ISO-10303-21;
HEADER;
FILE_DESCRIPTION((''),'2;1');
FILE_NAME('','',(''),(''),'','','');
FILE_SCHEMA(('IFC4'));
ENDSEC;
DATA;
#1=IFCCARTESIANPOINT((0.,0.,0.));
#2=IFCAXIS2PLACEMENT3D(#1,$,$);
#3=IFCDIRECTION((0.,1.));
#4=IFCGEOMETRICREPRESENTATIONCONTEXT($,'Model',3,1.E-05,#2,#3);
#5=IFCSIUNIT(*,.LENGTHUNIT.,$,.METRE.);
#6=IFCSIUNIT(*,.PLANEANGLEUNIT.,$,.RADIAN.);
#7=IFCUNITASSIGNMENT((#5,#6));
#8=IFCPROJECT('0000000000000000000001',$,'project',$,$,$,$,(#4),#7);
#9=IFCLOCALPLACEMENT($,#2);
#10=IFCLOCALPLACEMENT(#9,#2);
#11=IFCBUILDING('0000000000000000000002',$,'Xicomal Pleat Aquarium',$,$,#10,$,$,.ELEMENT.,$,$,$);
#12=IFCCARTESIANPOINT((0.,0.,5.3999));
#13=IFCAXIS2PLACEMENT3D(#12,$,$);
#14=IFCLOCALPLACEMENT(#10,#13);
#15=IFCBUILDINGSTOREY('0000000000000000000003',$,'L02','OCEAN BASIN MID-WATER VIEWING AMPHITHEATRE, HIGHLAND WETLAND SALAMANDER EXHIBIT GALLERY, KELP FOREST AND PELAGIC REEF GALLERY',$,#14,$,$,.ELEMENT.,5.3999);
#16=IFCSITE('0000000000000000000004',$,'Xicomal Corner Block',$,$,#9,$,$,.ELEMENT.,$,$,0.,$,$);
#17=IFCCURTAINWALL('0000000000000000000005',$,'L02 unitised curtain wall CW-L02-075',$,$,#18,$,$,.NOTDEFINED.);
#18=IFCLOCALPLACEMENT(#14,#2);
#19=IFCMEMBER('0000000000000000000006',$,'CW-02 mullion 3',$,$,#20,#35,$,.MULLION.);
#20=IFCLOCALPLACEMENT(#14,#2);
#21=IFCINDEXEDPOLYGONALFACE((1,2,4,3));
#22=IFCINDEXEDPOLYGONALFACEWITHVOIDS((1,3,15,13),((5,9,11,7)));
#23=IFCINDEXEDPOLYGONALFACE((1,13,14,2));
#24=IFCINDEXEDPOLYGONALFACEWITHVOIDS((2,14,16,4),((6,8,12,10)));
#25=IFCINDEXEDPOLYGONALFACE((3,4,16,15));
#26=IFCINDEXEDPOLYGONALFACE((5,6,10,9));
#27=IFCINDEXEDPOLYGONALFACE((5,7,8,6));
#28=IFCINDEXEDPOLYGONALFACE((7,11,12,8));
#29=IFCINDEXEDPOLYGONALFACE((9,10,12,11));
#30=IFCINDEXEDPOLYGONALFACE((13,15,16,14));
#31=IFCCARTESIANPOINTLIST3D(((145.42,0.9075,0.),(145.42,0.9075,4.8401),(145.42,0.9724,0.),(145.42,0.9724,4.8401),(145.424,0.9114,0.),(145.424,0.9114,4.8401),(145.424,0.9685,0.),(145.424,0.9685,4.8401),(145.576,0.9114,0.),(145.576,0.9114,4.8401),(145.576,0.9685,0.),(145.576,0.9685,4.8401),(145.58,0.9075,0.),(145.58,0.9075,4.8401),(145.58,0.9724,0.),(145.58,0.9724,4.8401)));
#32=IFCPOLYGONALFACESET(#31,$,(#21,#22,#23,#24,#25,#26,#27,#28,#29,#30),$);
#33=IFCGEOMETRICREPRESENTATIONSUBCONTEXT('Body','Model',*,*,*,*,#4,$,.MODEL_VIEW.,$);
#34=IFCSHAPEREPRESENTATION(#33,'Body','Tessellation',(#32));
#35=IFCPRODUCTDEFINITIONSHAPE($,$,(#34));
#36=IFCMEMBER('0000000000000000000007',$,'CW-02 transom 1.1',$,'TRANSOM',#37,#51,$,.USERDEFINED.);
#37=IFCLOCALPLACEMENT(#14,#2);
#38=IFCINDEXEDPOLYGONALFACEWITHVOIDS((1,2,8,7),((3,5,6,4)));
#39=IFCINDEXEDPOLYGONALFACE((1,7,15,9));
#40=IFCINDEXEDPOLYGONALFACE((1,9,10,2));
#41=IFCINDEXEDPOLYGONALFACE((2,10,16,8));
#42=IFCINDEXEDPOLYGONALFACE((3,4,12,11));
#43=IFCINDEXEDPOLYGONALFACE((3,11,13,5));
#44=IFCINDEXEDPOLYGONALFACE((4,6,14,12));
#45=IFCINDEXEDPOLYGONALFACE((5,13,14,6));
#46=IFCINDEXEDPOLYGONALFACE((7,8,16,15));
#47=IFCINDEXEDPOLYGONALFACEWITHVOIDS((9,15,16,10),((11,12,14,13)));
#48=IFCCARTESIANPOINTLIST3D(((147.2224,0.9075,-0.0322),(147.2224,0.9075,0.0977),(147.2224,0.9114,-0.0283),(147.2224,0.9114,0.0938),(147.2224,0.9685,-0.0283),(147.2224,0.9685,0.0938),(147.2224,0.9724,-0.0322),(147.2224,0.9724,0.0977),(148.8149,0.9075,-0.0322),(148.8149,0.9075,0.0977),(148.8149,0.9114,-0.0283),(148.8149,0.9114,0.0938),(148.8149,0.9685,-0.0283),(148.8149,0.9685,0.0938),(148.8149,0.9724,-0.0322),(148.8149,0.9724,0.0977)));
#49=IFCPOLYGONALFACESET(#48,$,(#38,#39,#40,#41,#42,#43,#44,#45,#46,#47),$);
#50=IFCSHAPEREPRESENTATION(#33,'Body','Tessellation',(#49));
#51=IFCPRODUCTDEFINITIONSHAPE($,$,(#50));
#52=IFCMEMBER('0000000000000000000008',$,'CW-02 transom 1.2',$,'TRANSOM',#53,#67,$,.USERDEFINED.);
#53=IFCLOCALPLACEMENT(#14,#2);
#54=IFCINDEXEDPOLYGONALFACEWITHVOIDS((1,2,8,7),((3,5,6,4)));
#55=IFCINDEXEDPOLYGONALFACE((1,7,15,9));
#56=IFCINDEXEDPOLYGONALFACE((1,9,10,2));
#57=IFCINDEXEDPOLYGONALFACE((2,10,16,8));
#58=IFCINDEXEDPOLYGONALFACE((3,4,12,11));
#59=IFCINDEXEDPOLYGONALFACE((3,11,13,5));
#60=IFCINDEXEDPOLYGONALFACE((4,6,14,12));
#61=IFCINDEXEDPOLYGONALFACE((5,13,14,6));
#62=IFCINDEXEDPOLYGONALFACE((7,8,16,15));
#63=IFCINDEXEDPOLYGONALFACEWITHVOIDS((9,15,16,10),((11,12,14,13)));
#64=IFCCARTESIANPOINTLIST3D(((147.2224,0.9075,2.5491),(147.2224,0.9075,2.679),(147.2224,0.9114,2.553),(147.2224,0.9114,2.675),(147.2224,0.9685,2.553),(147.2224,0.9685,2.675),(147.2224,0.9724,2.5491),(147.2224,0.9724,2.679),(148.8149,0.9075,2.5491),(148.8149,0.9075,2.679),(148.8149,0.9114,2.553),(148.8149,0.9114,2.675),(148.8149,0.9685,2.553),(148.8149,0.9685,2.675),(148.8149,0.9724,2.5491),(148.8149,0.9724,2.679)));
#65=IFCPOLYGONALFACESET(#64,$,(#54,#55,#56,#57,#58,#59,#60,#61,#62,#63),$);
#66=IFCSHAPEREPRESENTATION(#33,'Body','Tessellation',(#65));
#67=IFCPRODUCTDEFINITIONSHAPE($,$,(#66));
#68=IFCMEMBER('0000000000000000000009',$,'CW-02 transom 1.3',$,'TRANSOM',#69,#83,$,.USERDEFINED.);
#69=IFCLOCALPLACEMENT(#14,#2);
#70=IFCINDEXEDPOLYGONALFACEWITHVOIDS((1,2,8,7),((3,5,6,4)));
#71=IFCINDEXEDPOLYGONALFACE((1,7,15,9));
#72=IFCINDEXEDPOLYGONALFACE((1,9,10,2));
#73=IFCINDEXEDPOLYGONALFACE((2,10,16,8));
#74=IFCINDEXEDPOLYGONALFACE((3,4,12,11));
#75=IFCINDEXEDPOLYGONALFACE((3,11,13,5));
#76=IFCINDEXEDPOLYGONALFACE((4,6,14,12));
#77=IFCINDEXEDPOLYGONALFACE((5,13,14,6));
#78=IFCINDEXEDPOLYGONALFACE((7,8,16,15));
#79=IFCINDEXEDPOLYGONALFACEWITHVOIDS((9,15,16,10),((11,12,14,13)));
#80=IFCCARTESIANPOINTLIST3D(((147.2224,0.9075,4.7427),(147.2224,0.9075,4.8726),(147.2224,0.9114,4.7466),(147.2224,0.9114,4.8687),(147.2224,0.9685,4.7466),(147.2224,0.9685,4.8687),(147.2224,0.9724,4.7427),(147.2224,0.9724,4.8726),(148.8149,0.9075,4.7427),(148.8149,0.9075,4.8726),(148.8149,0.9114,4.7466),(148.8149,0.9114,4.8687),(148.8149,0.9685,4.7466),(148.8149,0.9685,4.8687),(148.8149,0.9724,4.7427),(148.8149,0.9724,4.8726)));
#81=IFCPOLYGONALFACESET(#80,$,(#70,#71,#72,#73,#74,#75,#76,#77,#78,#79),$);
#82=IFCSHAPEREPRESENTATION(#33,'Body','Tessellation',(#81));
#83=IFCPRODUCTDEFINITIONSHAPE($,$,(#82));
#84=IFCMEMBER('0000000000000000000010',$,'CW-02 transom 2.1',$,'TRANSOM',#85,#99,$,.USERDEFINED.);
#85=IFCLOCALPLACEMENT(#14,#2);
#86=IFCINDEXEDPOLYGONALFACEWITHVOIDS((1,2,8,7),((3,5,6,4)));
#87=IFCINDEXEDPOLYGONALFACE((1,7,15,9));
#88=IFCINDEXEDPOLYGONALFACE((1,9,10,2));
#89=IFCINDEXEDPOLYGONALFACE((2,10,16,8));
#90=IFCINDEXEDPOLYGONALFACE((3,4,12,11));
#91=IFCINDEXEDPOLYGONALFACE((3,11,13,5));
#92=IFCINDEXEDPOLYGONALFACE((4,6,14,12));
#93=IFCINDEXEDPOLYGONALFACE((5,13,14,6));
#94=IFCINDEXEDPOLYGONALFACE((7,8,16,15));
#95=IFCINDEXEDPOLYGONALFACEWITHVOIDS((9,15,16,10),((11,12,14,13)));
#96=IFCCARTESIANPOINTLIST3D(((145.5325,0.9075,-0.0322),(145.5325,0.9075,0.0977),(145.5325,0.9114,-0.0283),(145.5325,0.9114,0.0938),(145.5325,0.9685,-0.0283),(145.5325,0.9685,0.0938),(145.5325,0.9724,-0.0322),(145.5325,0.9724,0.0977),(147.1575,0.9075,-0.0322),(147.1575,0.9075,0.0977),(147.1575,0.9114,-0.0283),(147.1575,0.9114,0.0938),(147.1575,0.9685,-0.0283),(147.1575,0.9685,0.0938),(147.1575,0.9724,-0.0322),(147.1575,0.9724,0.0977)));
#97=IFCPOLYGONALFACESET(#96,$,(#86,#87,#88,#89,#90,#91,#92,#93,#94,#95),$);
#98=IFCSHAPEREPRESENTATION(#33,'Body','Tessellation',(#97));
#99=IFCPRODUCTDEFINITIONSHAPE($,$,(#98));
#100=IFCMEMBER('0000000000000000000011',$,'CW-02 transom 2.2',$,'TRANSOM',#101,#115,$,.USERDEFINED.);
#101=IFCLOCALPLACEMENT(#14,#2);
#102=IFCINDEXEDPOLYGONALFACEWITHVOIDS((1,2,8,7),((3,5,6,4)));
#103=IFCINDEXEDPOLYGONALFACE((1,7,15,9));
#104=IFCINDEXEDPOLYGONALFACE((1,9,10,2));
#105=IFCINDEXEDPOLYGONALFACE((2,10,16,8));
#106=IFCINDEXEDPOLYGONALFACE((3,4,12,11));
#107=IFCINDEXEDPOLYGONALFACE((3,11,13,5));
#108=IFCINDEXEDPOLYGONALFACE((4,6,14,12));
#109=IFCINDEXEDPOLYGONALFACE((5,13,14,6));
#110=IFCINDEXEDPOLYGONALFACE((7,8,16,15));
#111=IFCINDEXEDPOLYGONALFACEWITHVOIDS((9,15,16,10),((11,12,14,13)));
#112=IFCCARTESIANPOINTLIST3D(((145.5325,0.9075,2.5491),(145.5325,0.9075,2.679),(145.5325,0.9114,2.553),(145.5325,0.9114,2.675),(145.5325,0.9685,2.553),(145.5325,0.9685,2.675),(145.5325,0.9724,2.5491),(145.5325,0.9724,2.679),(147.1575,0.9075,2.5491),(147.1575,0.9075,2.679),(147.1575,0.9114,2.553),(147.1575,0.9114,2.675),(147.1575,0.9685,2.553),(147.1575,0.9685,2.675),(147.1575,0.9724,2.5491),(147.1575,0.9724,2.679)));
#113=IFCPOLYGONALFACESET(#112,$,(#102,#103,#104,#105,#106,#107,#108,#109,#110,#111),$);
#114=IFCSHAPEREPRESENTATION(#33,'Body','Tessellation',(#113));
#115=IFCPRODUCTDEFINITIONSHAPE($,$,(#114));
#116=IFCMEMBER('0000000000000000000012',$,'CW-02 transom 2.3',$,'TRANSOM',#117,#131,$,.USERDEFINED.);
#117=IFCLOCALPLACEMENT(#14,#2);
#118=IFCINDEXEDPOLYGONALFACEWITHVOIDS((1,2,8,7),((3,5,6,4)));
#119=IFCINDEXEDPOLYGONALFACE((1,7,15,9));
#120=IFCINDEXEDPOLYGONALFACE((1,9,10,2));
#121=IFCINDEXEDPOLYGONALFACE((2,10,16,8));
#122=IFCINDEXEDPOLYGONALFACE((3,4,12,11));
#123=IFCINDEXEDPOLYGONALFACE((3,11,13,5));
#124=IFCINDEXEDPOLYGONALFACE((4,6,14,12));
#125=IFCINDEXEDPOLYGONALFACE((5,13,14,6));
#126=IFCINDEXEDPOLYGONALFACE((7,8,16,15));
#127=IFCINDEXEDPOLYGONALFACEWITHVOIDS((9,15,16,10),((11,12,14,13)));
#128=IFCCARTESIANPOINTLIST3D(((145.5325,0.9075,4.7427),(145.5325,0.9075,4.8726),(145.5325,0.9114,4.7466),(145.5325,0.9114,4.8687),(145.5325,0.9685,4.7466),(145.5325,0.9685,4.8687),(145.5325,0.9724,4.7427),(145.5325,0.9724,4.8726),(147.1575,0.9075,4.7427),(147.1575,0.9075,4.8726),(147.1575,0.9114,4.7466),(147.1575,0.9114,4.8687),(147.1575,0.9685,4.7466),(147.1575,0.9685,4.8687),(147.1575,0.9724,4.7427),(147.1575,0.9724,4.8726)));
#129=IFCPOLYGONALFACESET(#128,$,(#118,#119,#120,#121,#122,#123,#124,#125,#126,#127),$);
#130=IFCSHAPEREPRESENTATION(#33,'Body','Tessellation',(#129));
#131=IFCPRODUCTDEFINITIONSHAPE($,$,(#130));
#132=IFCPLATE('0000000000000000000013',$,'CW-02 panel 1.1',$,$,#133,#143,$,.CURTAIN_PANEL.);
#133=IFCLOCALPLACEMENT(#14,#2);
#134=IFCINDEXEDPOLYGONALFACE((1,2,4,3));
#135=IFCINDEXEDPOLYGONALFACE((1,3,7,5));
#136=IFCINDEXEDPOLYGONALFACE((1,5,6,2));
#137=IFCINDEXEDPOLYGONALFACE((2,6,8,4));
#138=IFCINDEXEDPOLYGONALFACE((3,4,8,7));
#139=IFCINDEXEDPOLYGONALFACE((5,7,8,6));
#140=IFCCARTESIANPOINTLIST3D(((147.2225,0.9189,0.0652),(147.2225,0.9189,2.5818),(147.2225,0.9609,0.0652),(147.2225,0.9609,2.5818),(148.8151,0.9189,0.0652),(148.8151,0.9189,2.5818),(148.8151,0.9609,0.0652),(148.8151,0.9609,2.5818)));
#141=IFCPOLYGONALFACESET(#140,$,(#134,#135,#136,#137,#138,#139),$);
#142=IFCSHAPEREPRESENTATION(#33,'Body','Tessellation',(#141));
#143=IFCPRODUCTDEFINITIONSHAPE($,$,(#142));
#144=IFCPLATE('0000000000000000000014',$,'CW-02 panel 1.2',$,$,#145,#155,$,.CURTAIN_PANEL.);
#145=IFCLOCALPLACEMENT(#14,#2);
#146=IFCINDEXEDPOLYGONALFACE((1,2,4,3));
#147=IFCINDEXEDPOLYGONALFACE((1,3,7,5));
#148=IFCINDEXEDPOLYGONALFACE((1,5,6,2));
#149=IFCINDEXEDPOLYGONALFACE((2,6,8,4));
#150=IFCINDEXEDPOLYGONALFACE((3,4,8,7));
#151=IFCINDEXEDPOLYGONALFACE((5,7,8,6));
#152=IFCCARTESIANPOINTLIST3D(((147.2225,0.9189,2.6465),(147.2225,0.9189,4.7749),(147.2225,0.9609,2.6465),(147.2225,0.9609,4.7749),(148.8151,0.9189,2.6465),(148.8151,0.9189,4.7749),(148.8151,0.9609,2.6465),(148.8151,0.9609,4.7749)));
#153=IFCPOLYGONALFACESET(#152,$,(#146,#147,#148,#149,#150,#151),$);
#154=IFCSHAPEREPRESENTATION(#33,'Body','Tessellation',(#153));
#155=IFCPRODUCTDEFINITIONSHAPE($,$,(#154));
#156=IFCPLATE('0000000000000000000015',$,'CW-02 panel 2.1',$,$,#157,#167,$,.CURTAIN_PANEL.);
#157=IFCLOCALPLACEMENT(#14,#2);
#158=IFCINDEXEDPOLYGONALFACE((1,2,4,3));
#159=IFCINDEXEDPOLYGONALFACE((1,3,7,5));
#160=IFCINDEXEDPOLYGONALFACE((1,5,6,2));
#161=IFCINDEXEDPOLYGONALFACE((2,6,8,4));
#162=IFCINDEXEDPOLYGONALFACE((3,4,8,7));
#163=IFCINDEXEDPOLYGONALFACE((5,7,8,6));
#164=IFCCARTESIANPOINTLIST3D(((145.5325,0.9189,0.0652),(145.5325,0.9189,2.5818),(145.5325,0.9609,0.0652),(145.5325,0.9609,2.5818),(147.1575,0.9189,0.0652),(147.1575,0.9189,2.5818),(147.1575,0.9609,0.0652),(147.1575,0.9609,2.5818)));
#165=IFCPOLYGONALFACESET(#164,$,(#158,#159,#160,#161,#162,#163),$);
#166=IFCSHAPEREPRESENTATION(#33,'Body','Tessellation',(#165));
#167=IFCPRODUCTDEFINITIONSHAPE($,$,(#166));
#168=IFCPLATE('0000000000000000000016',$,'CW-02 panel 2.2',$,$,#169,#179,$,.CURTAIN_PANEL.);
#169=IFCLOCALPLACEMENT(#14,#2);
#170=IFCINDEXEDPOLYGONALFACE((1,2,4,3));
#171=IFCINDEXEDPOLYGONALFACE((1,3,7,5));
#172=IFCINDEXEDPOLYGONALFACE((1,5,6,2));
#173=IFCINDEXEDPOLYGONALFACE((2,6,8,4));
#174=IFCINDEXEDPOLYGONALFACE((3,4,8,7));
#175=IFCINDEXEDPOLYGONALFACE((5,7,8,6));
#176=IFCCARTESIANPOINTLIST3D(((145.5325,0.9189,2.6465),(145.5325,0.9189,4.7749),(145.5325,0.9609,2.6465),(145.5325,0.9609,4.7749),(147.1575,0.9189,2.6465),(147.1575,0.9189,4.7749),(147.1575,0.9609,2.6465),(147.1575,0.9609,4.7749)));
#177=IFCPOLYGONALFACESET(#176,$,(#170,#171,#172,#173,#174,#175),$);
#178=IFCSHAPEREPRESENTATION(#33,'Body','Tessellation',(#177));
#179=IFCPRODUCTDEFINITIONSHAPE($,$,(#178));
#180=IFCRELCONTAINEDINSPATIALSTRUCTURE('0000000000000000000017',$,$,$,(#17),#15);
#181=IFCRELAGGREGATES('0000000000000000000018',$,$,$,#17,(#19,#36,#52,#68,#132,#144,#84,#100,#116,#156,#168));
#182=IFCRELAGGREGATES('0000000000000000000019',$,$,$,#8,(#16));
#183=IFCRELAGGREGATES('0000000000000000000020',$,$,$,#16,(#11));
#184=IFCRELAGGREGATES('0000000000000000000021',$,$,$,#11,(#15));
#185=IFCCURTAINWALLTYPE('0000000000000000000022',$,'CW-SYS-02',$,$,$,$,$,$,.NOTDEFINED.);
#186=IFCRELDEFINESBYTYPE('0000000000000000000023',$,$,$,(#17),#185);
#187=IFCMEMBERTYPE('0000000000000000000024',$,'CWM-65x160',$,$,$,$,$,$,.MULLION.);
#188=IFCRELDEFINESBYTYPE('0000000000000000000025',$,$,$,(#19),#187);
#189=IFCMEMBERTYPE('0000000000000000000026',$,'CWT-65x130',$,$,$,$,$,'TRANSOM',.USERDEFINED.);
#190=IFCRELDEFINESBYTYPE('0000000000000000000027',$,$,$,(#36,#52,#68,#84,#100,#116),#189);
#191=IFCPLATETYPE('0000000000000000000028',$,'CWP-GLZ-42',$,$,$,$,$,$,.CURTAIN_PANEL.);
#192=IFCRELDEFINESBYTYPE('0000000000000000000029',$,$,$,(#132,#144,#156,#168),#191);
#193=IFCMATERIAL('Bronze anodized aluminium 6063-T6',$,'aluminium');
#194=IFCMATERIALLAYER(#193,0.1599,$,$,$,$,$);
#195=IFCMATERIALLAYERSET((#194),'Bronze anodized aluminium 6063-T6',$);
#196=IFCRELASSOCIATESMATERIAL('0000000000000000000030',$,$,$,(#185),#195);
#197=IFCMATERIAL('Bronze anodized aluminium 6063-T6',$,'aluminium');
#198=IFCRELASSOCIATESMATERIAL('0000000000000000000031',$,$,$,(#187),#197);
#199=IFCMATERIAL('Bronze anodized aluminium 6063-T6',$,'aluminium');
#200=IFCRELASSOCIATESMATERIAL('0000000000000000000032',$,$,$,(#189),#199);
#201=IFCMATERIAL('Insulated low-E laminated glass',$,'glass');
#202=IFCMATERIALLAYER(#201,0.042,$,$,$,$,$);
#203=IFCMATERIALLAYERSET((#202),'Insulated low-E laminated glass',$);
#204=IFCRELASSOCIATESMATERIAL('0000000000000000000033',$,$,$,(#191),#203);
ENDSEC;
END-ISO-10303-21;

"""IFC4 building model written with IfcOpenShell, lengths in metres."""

from ifc_helpers import new_model, si_unit, direction, frame, origin, origin_2d, place, context, subcontext, project, spatial, rectangle, hollow_rectangle, extrude, material, layer, layer_set, material_profile, profile_set, type_object, element, aggregate, save


model = new_model("IFC4")

# Units and contexts
model_context = context("Model", 3, precision=1e-05, world=origin(), true_north=direction((0.0, 1.0)))
body_context = subcontext(model_context, "Body", "Model", "MODEL_VIEW")
ifc_project = project(units=[si_unit("LENGTHUNIT", "METRE"), si_unit("PLANEANGLEUNIT", "RADIAN")], contexts=[model_context])

# Site, building, storey
site_placement = place(None, origin())
site = spatial("IfcSite", under=ifc_project, at=site_placement, Name="Xicomal Corner Block", CompositionType="ELEMENT", RefElevation=0.0)
building_placement = place(site_placement, origin())
building = spatial("IfcBuilding", under=site, at=building_placement, Name="Xicomal Pleat Aquarium", CompositionType="ELEMENT")
storey_placement = place(building_placement, frame((0.0, 0.0, 5.3999)))
storey = spatial("IfcBuildingStorey", under=building, at=storey_placement, Name="L02", Description="OCEAN BASIN MID-WATER VIEWING AMPHITHEATRE, HIGHLAND WETLAND SALAMANDER EXHIBIT GALLERY, KELP FOREST AND PELAGIC REEF GALLERY", CompositionType="ELEMENT", Elevation=5.3999)

# Curtain wall, members, plates
ifc_material_1 = material(Name="Bronze anodized aluminium 6063-T6", Category="aluminium")
ifc_layer_1 = layer(ifc_material_1, 0.1599)
ifc_layer_set_1 = layer_set([ifc_layer_1], Name="Bronze anodized aluminium 6063-T6")
curtain_wall_type = type_object("IfcCurtainWallType", Name="CW-SYS-02", PredefinedType="NOTDEFINED", material=ifc_layer_set_1)
curtain_wall_placement = place(storey_placement, origin())
curtain_wall = element("IfcCurtainWall", 1, at=curtain_wall_placement, inside=storey, type_object=curtain_wall_type, Name="L02 unitised curtain wall CW-L02-075", PredefinedType="NOTDEFINED")
ifc_material_2 = material(Name="Bronze anodized aluminium 6063-T6", Category="aluminium")
ifc_material_profile_1 = material_profile(ifc_material_2, hollow_rectangle(XDim=0.0649, YDim=0.1599, WallThickness=0.0039, at=origin_2d()), Name="ALU MULL 65x160")
ifc_profile_set_1 = profile_set([ifc_material_profile_1], Name="Bronze anodized aluminium 6063-T6")
member_type_1 = type_object("IfcMemberType", Name="CWM-65x160", PredefinedType="MULLION", material=ifc_profile_set_1)
member_1_placement = place(storey_placement, frame((145.5, 0.9399, 0.0), z_axis=(0.0, 0.0, 1.0), x_axis=(0.0, -1.0, 0.0)))
member_1 = element("IfcMember", 2, at=member_1_placement, type_object=member_type_1, Name="CW-02 mullion 3", PredefinedType="MULLION", context=body_context, shape_type="SweptSolid", body=[
    extrude(hollow_rectangle(XDim=0.0649, YDim=0.1599, WallThickness=0.0039, at=origin_2d()), origin(), (0.0, 0.0, 1.0), 4.8401),
])
ifc_material_3 = material(Name="Bronze anodized aluminium 6063-T6", Category="aluminium")
ifc_material_profile_2 = material_profile(ifc_material_3, hollow_rectangle(XDim=0.0649, YDim=0.1299, WallThickness=0.0039, at=origin_2d()), Name="ALU TRAN 65x130")
ifc_profile_set_2 = profile_set([ifc_material_profile_2], Name="Bronze anodized aluminium 6063-T6")
member_type_2 = type_object("IfcMemberType", Name="CWT-65x130", ElementType="TRANSOM", PredefinedType="USERDEFINED", material=ifc_profile_set_2)
member_2_placement = place(storey_placement, frame((148.8149, 0.9399, 0.0327), z_axis=(-1.0, 0.0, 0.0), x_axis=(0.0, -1.0, 0.0)))
member_2 = element("IfcMember", 3, at=member_2_placement, type_object=member_type_2, Name="CW-02 transom 1.1", ObjectType="TRANSOM", PredefinedType="USERDEFINED", context=body_context, shape_type="SweptSolid", body=[
    extrude(hollow_rectangle(XDim=0.0649, YDim=0.1299, WallThickness=0.0039, at=origin_2d()), origin(), (0.0, 0.0, 1.0), 1.5925),
])
member_3_placement = place(storey_placement, frame((148.8149, 0.9399, 2.614), z_axis=(-1.0, 0.0, 0.0), x_axis=(0.0, -1.0, 0.0)))
member_3 = element("IfcMember", 4, at=member_3_placement, type_object=member_type_2, Name="CW-02 transom 1.2", ObjectType="TRANSOM", PredefinedType="USERDEFINED", context=body_context, shape_type="SweptSolid", body=[
    extrude(hollow_rectangle(XDim=0.0649, YDim=0.1299, WallThickness=0.0039, at=origin_2d()), origin(), (0.0, 0.0, 1.0), 1.5925),
])
member_4_placement = place(storey_placement, frame((148.8149, 0.9399, 4.8076), z_axis=(-1.0, 0.0, 0.0), x_axis=(0.0, -1.0, 0.0)))
member_4 = element("IfcMember", 5, at=member_4_placement, type_object=member_type_2, Name="CW-02 transom 1.3", ObjectType="TRANSOM", PredefinedType="USERDEFINED", context=body_context, shape_type="SweptSolid", body=[
    extrude(hollow_rectangle(XDim=0.0649, YDim=0.1299, WallThickness=0.0039, at=origin_2d()), origin(), (0.0, 0.0, 1.0), 1.5925),
])
member_5_placement = place(storey_placement, frame((147.1575, 0.9399, 0.0327), z_axis=(-1.0, 0.0, 0.0), x_axis=(0.0, -1.0, 0.0)))
member_5 = element("IfcMember", 6, at=member_5_placement, type_object=member_type_2, Name="CW-02 transom 2.1", ObjectType="TRANSOM", PredefinedType="USERDEFINED", context=body_context, shape_type="SweptSolid", body=[
    extrude(hollow_rectangle(XDim=0.0649, YDim=0.1299, WallThickness=0.0039, at=origin_2d()), origin(), (0.0, 0.0, 1.0), 1.625),
])
member_6_placement = place(storey_placement, frame((147.1575, 0.9399, 2.614), z_axis=(-1.0, 0.0, 0.0), x_axis=(0.0, -1.0, 0.0)))
member_6 = element("IfcMember", 7, at=member_6_placement, type_object=member_type_2, Name="CW-02 transom 2.2", ObjectType="TRANSOM", PredefinedType="USERDEFINED", context=body_context, shape_type="SweptSolid", body=[
    extrude(hollow_rectangle(XDim=0.0649, YDim=0.1299, WallThickness=0.0039, at=origin_2d()), origin(), (0.0, 0.0, 1.0), 1.625),
])
member_7_placement = place(storey_placement, frame((147.1575, 0.9399, 4.8076), z_axis=(-1.0, 0.0, 0.0), x_axis=(0.0, -1.0, 0.0)))
member_7 = element("IfcMember", 8, at=member_7_placement, type_object=member_type_2, Name="CW-02 transom 2.3", ObjectType="TRANSOM", PredefinedType="USERDEFINED", context=body_context, shape_type="SweptSolid", body=[
    extrude(hollow_rectangle(XDim=0.0649, YDim=0.1299, WallThickness=0.0039, at=origin_2d()), origin(), (0.0, 0.0, 1.0), 1.625),
])
ifc_material_4 = material(Name="Insulated low-E laminated glass", Category="glass")
ifc_layer_2 = layer(ifc_material_4, 0.042)
ifc_layer_set_2 = layer_set([ifc_layer_2], Name="Insulated low-E laminated glass")
plate_type = type_object("IfcPlateType", Name="CWP-GLZ-42", PredefinedType="CURTAIN_PANEL", material=ifc_layer_set_2)
plate_1_placement = place(storey_placement, frame((148.0188, 0.9399, 0.0652), z_axis=(0.0, 0.0, 1.0), x_axis=(-1.0, 0.0, 0.0)))
plate_1 = element("IfcPlate", 9, at=plate_1_placement, type_object=plate_type, Name="CW-02 panel 1.1", PredefinedType="CURTAIN_PANEL", context=body_context, shape_type="SweptSolid", body=[
    extrude(rectangle(XDim=1.5925, YDim=0.042, at=origin_2d()), origin(), (0.0, 0.0, 1.0), 2.5166),
])
plate_2_placement = place(storey_placement, frame((148.0188, 0.9399, 2.6465), z_axis=(0.0, 0.0, 1.0), x_axis=(-1.0, 0.0, 0.0)))
plate_2 = element("IfcPlate", 10, at=plate_2_placement, type_object=plate_type, Name="CW-02 panel 1.2", PredefinedType="CURTAIN_PANEL", context=body_context, shape_type="SweptSolid", body=[
    extrude(rectangle(XDim=1.5925, YDim=0.042, at=origin_2d()), origin(), (0.0, 0.0, 1.0), 2.1284),
])
plate_3_placement = place(storey_placement, frame((146.345, 0.9399, 0.0652), z_axis=(0.0, 0.0, 1.0), x_axis=(-1.0, 0.0, 0.0)))
plate_3 = element("IfcPlate", 11, at=plate_3_placement, type_object=plate_type, Name="CW-02 panel 2.1", PredefinedType="CURTAIN_PANEL", context=body_context, shape_type="SweptSolid", body=[
    extrude(rectangle(XDim=1.625, YDim=0.042, at=origin_2d()), origin(), (0.0, 0.0, 1.0), 2.5166),
])
plate_4_placement = place(storey_placement, frame((146.345, 0.9399, 2.6465), z_axis=(0.0, 0.0, 1.0), x_axis=(-1.0, 0.0, 0.0)))
plate_4 = element("IfcPlate", 12, at=plate_4_placement, type_object=plate_type, Name="CW-02 panel 2.2", PredefinedType="CURTAIN_PANEL", context=body_context, shape_type="SweptSolid", body=[
    extrude(rectangle(XDim=1.625, YDim=0.042, at=origin_2d()), origin(), (0.0, 0.0, 1.0), 2.1284),
])
aggregate(curtain_wall, [member_1, member_2, member_3, member_4, plate_1, plate_2, member_5, member_6, member_7, plate_3, plate_4])

save(model, "model.ifc")
